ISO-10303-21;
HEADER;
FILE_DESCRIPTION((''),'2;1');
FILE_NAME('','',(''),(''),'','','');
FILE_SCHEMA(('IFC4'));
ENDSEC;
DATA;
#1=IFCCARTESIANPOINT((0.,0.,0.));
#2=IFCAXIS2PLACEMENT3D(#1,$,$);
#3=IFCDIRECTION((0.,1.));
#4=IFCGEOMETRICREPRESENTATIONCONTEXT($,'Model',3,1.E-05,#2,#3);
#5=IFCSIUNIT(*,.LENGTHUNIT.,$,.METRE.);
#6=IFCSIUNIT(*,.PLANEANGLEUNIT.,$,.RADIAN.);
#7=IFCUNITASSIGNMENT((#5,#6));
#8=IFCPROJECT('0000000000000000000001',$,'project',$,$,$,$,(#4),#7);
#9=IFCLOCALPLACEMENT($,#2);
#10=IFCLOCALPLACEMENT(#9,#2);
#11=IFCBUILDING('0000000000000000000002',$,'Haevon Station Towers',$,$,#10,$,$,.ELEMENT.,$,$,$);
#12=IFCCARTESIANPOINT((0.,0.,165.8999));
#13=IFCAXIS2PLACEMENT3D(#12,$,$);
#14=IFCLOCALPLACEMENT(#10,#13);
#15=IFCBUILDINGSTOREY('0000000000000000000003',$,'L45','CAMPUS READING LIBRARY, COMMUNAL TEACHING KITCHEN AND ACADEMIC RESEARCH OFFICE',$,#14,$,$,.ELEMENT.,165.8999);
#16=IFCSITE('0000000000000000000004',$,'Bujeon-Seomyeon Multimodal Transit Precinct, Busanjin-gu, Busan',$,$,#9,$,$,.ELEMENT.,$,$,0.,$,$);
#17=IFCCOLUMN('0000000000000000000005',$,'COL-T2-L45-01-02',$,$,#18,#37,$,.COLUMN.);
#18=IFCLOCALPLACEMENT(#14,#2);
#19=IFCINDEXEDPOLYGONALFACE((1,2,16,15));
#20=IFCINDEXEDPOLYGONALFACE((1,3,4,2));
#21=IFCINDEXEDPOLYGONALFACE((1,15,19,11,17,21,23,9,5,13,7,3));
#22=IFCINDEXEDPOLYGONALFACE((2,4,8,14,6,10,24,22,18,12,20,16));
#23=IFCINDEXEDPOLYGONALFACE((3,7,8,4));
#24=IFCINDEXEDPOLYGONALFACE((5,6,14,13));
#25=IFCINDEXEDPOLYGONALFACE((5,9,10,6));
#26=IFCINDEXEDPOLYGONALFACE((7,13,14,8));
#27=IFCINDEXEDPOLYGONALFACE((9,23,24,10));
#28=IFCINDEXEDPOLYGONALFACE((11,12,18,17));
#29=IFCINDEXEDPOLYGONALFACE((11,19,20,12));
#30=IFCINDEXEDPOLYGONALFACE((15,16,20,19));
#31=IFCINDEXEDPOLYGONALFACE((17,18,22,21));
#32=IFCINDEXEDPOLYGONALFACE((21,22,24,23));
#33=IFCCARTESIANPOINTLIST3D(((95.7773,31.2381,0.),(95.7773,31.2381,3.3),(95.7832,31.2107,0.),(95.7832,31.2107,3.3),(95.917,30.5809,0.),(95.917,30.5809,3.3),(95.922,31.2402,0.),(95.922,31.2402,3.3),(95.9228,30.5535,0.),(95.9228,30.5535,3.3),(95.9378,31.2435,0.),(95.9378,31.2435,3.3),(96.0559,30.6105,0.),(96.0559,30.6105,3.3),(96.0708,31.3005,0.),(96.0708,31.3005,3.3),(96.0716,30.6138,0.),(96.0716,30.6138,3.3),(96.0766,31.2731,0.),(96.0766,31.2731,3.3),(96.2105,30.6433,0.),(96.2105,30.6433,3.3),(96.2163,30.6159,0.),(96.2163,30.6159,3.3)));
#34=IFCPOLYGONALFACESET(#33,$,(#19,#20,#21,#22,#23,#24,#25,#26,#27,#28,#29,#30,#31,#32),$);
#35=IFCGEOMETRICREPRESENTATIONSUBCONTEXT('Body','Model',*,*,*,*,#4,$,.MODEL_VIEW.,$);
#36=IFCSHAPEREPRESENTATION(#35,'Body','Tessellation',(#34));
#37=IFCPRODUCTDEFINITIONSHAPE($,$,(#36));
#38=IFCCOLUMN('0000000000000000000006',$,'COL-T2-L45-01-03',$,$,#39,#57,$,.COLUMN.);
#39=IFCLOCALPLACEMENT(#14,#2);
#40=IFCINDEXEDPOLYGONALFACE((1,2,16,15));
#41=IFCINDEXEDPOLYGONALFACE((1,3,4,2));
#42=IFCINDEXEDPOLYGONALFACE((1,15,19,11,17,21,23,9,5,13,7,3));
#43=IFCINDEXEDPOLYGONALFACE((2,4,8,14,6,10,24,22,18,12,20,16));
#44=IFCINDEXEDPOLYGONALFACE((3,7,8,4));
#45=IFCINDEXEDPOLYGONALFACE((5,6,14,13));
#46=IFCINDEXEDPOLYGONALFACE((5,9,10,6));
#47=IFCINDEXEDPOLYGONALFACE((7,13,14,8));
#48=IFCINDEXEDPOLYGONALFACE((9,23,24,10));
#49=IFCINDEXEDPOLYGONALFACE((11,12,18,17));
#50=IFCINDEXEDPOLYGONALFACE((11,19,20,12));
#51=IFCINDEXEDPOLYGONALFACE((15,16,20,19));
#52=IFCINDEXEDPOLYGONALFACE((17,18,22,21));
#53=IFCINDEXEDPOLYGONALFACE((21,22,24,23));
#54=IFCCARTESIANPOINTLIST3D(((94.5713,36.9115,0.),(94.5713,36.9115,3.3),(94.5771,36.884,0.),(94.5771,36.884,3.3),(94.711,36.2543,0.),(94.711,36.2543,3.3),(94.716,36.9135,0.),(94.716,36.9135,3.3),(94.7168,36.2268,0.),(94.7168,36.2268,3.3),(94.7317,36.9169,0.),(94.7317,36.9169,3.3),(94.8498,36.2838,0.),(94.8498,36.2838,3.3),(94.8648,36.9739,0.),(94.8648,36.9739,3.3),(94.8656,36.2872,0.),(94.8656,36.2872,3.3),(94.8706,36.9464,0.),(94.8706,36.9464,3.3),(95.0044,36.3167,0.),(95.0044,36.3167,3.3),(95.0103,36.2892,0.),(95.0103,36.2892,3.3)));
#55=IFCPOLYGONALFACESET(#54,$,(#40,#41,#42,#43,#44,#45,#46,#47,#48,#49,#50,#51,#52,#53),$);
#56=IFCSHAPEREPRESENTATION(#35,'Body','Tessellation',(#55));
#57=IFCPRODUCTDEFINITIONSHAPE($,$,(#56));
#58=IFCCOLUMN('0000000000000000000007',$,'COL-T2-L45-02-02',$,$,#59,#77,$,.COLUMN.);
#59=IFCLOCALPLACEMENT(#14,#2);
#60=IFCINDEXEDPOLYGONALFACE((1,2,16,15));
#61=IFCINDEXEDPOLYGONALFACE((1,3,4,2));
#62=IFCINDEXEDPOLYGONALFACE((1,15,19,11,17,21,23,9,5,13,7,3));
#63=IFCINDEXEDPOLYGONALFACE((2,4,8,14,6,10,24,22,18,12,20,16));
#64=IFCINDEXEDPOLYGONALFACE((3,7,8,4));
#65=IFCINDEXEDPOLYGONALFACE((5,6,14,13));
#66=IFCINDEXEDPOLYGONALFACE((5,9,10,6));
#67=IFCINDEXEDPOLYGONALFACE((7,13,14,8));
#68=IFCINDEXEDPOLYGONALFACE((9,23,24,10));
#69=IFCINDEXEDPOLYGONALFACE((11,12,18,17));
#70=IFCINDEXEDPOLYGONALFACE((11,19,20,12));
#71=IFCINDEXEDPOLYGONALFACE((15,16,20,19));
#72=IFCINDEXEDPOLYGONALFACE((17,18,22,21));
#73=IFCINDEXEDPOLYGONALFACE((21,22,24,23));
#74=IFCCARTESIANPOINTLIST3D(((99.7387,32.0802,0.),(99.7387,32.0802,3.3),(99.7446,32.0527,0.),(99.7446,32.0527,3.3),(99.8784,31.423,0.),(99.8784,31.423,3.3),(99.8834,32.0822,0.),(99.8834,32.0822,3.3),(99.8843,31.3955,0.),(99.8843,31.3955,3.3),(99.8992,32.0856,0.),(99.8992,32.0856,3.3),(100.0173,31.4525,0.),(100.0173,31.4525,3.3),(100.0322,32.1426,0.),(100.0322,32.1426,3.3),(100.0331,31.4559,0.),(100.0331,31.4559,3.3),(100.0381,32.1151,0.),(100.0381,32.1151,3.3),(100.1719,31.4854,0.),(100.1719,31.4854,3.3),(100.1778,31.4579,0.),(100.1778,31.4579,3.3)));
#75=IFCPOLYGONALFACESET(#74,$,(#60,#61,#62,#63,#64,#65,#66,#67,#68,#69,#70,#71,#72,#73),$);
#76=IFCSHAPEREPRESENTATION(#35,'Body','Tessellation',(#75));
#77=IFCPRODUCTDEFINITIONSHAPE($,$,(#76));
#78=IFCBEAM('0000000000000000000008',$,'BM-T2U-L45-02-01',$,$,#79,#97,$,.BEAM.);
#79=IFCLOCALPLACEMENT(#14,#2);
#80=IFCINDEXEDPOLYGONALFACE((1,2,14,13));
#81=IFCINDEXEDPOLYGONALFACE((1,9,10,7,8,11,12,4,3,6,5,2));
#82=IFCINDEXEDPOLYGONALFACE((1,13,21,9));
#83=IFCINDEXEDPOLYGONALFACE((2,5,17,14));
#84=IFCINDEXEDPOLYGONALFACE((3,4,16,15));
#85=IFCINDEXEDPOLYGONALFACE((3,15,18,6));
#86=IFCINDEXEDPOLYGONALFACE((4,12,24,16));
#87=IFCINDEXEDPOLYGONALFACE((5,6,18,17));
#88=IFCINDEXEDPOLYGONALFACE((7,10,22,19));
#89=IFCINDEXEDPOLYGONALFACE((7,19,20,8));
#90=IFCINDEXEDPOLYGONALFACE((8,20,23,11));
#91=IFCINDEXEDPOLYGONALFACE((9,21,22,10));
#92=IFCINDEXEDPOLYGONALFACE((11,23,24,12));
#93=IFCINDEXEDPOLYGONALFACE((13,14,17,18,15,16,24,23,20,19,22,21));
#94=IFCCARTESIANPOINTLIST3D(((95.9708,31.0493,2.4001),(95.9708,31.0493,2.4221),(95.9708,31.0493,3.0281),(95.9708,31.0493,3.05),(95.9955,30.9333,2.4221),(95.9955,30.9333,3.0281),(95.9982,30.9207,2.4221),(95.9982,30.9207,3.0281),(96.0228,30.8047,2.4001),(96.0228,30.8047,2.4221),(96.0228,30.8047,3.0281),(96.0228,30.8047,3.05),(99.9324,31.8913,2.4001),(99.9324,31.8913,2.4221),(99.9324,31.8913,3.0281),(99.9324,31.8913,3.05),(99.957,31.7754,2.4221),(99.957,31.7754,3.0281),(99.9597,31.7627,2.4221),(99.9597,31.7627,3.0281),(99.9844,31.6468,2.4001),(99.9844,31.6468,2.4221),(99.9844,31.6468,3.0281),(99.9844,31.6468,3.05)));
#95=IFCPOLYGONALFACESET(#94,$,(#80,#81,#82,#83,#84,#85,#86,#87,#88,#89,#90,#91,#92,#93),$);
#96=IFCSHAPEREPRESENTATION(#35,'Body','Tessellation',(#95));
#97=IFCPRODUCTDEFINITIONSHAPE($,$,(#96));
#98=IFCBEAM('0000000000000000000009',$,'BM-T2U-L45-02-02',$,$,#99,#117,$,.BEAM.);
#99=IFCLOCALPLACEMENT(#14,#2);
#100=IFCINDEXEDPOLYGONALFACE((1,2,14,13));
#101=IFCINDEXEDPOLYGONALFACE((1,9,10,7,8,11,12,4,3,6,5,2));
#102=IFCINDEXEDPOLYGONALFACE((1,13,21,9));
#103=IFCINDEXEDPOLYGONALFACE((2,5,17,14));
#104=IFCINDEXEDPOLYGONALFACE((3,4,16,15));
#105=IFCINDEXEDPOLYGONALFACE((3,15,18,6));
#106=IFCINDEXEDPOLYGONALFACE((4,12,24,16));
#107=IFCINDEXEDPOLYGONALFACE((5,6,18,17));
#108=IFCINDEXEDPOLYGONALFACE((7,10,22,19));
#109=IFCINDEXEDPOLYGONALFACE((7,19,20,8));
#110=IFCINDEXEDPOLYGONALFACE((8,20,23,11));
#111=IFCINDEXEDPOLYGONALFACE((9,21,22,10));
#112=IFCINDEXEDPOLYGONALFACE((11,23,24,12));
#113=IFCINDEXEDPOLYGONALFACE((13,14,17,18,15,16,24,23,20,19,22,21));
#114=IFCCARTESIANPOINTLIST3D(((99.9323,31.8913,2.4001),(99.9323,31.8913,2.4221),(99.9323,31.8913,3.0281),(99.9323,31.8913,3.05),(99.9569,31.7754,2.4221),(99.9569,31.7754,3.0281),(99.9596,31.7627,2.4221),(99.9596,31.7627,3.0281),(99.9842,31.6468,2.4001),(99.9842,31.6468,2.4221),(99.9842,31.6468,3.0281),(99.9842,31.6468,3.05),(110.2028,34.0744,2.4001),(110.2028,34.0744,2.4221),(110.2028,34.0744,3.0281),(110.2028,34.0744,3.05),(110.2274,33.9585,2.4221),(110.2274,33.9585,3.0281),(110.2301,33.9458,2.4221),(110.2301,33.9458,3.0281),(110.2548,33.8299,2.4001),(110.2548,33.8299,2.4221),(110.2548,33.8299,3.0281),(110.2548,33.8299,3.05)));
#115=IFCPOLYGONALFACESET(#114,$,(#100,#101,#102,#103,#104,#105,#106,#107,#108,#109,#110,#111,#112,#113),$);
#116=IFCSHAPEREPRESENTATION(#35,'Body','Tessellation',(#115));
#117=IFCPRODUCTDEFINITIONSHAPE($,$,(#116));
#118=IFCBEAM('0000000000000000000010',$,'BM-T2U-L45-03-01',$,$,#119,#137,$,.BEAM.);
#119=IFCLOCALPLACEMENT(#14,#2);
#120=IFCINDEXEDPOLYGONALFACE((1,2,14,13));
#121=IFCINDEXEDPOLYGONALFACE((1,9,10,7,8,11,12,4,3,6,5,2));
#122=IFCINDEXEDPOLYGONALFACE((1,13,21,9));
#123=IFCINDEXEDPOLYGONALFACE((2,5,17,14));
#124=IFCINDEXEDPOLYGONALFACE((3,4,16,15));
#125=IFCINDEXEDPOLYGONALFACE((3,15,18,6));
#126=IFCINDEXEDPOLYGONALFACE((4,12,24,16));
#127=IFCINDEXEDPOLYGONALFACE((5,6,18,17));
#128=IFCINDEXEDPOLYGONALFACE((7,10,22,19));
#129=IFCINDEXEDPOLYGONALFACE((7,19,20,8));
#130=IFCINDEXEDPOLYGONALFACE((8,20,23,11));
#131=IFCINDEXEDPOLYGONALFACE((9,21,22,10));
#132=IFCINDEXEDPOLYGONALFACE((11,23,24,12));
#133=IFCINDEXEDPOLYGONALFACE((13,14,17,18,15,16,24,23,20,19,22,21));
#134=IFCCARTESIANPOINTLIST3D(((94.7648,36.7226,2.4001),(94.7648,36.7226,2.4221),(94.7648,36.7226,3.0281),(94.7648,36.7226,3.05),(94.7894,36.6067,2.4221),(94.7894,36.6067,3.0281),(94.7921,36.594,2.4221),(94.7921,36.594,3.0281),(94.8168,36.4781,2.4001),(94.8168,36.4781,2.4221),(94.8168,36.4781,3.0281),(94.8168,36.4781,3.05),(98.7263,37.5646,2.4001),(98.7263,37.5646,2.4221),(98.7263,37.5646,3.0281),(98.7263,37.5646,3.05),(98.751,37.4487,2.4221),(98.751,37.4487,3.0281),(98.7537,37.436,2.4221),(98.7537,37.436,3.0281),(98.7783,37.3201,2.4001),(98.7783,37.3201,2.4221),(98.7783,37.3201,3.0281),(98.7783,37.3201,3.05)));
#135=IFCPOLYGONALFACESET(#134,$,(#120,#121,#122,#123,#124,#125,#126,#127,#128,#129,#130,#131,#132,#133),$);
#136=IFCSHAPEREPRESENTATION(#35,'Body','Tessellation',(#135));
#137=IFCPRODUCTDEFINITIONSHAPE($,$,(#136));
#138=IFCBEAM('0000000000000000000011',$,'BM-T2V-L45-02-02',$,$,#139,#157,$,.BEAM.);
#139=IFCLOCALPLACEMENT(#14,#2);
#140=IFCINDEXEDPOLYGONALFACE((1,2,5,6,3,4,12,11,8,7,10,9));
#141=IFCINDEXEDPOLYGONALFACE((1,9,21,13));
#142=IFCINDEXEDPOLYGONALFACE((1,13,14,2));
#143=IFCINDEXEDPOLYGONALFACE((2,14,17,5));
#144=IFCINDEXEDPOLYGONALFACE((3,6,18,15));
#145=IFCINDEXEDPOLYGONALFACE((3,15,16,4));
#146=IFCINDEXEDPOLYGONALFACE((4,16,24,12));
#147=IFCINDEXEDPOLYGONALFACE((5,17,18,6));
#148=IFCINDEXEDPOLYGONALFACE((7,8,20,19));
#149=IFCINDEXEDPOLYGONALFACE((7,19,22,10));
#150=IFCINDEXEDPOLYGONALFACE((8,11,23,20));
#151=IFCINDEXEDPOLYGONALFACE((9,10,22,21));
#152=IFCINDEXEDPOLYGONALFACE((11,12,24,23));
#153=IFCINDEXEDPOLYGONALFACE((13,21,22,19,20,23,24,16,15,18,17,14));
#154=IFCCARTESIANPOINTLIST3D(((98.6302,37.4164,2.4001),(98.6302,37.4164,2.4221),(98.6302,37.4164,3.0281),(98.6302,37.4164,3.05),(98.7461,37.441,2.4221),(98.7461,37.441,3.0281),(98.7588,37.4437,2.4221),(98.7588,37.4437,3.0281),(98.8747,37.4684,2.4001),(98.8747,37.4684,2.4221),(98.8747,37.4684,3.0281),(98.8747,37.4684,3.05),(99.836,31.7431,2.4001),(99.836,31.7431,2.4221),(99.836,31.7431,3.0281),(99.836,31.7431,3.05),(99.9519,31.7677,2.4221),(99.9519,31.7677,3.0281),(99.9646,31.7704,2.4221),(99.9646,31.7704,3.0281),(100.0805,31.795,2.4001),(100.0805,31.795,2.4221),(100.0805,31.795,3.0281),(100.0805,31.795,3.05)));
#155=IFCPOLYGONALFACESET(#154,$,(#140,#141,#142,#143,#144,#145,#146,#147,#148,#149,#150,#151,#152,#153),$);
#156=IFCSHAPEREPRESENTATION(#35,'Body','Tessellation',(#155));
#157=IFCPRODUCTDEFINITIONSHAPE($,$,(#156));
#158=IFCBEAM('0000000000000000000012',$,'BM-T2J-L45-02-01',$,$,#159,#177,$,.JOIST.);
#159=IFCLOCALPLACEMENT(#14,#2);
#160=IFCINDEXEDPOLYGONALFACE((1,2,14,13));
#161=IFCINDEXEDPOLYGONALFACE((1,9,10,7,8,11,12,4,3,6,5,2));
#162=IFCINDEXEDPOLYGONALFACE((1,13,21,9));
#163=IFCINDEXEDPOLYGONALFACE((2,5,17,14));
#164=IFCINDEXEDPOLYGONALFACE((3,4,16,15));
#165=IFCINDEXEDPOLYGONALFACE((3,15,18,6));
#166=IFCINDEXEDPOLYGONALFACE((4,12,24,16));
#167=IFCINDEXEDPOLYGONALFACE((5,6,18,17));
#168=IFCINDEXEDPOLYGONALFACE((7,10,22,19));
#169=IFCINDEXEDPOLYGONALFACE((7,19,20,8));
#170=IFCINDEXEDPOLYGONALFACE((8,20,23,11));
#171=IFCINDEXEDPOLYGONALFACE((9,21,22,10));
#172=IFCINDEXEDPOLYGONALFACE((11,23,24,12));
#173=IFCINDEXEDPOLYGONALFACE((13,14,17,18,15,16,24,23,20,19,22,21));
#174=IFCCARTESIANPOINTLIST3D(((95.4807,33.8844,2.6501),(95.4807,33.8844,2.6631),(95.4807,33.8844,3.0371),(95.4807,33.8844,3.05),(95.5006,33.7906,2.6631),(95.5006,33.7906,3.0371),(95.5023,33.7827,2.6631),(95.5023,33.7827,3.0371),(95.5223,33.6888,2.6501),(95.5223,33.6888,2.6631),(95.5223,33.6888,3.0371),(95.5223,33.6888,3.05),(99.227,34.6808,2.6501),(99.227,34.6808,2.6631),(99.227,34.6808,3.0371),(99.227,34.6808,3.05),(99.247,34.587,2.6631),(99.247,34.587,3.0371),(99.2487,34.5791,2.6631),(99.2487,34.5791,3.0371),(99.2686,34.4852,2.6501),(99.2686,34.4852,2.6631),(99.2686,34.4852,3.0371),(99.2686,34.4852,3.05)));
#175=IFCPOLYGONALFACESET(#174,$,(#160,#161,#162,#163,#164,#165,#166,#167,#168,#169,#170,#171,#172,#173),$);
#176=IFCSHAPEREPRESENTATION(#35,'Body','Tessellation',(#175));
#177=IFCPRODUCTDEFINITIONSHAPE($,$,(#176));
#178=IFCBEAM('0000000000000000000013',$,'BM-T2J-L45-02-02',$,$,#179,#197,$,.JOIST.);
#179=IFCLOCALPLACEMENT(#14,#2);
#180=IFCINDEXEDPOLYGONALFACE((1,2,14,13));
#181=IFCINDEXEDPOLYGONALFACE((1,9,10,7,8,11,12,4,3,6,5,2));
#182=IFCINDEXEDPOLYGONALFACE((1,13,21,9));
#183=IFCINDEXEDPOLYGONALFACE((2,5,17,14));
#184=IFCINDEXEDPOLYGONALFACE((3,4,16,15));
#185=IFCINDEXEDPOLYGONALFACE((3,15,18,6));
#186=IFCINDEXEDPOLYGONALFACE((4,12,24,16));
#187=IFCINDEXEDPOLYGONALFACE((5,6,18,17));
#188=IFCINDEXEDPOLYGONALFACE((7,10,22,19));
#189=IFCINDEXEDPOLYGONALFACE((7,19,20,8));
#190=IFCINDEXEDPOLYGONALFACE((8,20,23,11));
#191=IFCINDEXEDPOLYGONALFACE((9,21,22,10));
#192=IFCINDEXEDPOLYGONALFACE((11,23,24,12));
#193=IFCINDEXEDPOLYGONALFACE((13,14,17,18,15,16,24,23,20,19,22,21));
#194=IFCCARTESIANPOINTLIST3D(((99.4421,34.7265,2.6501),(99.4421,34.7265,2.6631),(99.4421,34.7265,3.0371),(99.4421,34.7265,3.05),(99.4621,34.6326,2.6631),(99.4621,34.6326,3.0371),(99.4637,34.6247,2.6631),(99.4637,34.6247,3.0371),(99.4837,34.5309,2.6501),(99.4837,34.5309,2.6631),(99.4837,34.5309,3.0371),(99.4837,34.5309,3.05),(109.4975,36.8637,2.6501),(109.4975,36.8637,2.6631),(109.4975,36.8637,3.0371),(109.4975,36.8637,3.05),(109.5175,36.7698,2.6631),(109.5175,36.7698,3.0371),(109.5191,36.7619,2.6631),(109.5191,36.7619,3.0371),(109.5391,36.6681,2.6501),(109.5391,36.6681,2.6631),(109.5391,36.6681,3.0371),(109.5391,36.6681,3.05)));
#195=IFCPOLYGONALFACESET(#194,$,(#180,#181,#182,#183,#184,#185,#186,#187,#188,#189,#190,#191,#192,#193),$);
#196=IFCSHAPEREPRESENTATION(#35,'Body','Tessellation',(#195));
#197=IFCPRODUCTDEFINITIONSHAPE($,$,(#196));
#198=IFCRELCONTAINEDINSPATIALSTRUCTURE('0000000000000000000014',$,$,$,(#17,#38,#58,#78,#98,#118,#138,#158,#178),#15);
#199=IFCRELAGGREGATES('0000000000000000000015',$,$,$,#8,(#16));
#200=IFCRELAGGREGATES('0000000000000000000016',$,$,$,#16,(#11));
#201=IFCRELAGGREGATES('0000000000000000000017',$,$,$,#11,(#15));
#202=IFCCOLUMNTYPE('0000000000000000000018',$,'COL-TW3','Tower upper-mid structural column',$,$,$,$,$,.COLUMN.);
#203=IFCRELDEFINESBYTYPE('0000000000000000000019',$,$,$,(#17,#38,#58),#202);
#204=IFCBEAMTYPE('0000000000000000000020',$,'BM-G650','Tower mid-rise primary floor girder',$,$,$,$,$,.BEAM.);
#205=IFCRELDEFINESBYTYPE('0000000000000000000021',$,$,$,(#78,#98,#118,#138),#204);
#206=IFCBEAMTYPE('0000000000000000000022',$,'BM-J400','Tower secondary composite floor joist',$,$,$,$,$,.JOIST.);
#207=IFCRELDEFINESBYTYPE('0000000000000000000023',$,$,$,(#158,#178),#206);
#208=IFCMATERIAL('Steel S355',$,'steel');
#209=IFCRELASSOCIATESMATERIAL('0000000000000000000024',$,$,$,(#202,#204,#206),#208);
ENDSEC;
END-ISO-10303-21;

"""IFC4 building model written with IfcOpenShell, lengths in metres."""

from ifc_helpers import new_model, si_unit, direction, frame, origin, origin_2d, place, context, subcontext, project, spatial, i_section, extrude, material, material_profile, profile_set, type_object, element, save


model = new_model("IFC4")

# Units and contexts
model_context = context("Model", 3, precision=1e-05, world=origin(), true_north=direction((0.0, 1.0)))
body_context = subcontext(model_context, "Body", "Model", "MODEL_VIEW")
ifc_project = project(units=[si_unit("LENGTHUNIT", "METRE"), si_unit("PLANEANGLEUNIT", "RADIAN")], contexts=[model_context])

# Site, building, storey
site_placement = place(None, origin())
site = spatial("IfcSite", under=ifc_project, at=site_placement, Name="Bujeon-Seomyeon Multimodal Transit Precinct, Busanjin-gu, Busan", CompositionType="ELEMENT", RefElevation=0.0)
building_placement = place(site_placement, origin())
building = spatial("IfcBuilding", under=site, at=building_placement, Name="Haevon Station Towers", CompositionType="ELEMENT")
storey_placement = place(building_placement, frame((0.0, 0.0, 165.8999)))
storey = spatial("IfcBuildingStorey", under=building, at=storey_placement, Name="L45", Description="CAMPUS READING LIBRARY, COMMUNAL TEACHING KITCHEN AND ACADEMIC RESEARCH OFFICE", CompositionType="ELEMENT", Elevation=165.8999)

# Columns
ifc_material_1 = material(Name="Steel S355", Category="steel")
ifc_material_profile_1 = material_profile(ifc_material_1, i_section(OverallWidth=0.3, OverallDepth=0.7, WebThickness=0.0161, FlangeThickness=0.0281, at=origin_2d()), Name="H-700x300x16x28")
ifc_profile_set_1 = profile_set([ifc_material_profile_1], Name="Steel S355")
column_type = type_object("IfcColumnType", Name="COL-TW3", Description="Tower upper-mid structural column", PredefinedType="COLUMN", material=ifc_profile_set_1)
for number, where, z_axis, x_axis, name in (
    (1, (95.9968, 30.927, 0.0), (0.0, 0.0, 1.0), (0.978148, 0.207912, 0.0), "COL-T2-L45-01-02"),
    (2, (94.7908, 36.6003, 0.0), (0.0, 0.0, 1.0), (0.978148, 0.207912, 0.0), "COL-T2-L45-01-03"),
    (3, (99.9583, 31.769, 0.0), (0.0, 0.0, 1.0), (0.978148, 0.207912, 0.0), "COL-T2-L45-02-02"),
):
    element("IfcColumn", number, at=place(storey_placement, frame(where, z_axis=z_axis, x_axis=x_axis)), inside=storey, type_object=column_type, Name=name, PredefinedType="COLUMN", context=body_context, shape_type="SweptSolid", body=[
        extrude(i_section(OverallWidth=0.3, OverallDepth=0.7, WebThickness=0.0161, FlangeThickness=0.0281, at=origin_2d()), origin(), (0.0, 0.0, 1.0), 3.3),
    ])

# Beams
ifc_material_profile_2 = material_profile(ifc_material_1, i_section(OverallWidth=0.25, OverallDepth=0.6499, WebThickness=0.0129, FlangeThickness=0.022, at=origin_2d()), Name="H-650x250x13x22")
ifc_profile_set_2 = profile_set([ifc_material_profile_2], Name="Steel S355")
beam_type_1 = type_object("IfcBeamType", Name="BM-G650", Description="Tower mid-rise primary floor girder", PredefinedType="BEAM", material=ifc_profile_set_2)
beam_1_placement = place(storey_placement, frame((95.9968, 30.927, 2.7251), z_axis=(0.978147, 0.207915, 0.0), x_axis=(-0.207915, 0.978147, 0.0)))
element("IfcBeam", 4, at=beam_1_placement, inside=storey, type_object=beam_type_1, Name="BM-T2U-L45-02-01", PredefinedType="BEAM", context=body_context, shape_type="SweptSolid", body=[
    extrude(i_section(OverallWidth=0.25, OverallDepth=0.6499, WebThickness=0.0129, FlangeThickness=0.022, at=origin_2d()), origin(), (0.0, 0.0, 1.0), 4.05),
])
beam_2_placement = place(storey_placement, frame((99.9583, 31.769, 2.7251), z_axis=(0.978147, 0.207915, 0.0), x_axis=(-0.207915, 0.978147, 0.0)))
element("IfcBeam", 5, at=beam_2_placement, inside=storey, type_object=beam_type_1, Name="BM-T2U-L45-02-02", PredefinedType="BEAM", context=body_context, shape_type="SweptSolid", body=[
    extrude(i_section(OverallWidth=0.25, OverallDepth=0.6499, WebThickness=0.0129, FlangeThickness=0.022, at=origin_2d()), origin(), (0.0, 0.0, 1.0), 10.5),
])
beam_3_placement = place(storey_placement, frame((94.7908, 36.6003, 2.7251), z_axis=(0.97815, 0.207903, 0.0), x_axis=(-0.207903, 0.97815, 0.0)))
element("IfcBeam", 6, at=beam_3_placement, inside=storey, type_object=beam_type_1, Name="BM-T2U-L45-03-01", PredefinedType="BEAM", context=body_context, shape_type="SweptSolid", body=[
    extrude(i_section(OverallWidth=0.25, OverallDepth=0.6499, WebThickness=0.0129, FlangeThickness=0.022, at=origin_2d()), origin(), (0.0, 0.0, 1.0), 4.05),
])
beam_4_placement = place(storey_placement, frame((99.9583, 31.769, 2.7251), z_axis=(-0.207896, 0.978151, 0.0), x_axis=(-0.978151, -0.207896, 0.0)))
element("IfcBeam", 7, at=beam_4_placement, inside=storey, type_object=beam_type_1, Name="BM-T2V-L45-02-02", PredefinedType="BEAM", context=body_context, shape_type="SweptSolid", body=[
    extrude(i_section(OverallWidth=0.25, OverallDepth=0.6499, WebThickness=0.0129, FlangeThickness=0.022, at=origin_2d()), origin(), (0.0, 0.0, 1.0), 5.8),
])
ifc_material_profile_3 = material_profile(ifc_material_1, i_section(OverallWidth=0.2, OverallDepth=0.3999, WebThickness=0.0081, FlangeThickness=0.0129, at=origin_2d()), Name="H-400x200x8x13")
ifc_profile_set_3 = profile_set([ifc_material_profile_3], Name="Steel S355")
beam_type_2 = type_object("IfcBeamType", Name="BM-J400", Description="Tower secondary composite floor joist", PredefinedType="JOIST", material=ifc_profile_set_3)
beam_5_placement = place(storey_placement, frame((95.5015, 33.7866, 2.8501), z_axis=(0.978143, 0.207931, 0.0), x_axis=(-0.207931, 0.978143, 0.0)))
element("IfcBeam", 8, at=beam_5_placement, inside=storey, type_object=beam_type_2, Name="BM-T2J-L45-02-01", PredefinedType="JOIST", context=body_context, shape_type="SweptSolid", body=[
    extrude(i_section(OverallWidth=0.2, OverallDepth=0.3999, WebThickness=0.0081, FlangeThickness=0.0129, at=origin_2d()), origin(), (0.0, 0.0, 1.0), 3.8301),
])
beam_6_placement = place(storey_placement, frame((99.4629, 34.6287, 2.8501), z_axis=(0.97815, 0.207899, 0.0), x_axis=(-0.207899, 0.97815, 0.0)))
element("IfcBeam", 9, at=beam_6_placement, inside=storey, type_object=beam_type_2, Name="BM-T2J-L45-02-02", PredefinedType="JOIST", context=body_context, shape_type="SweptSolid", body=[
    extrude(i_section(OverallWidth=0.2, OverallDepth=0.3999, WebThickness=0.0081, FlangeThickness=0.0129, at=origin_2d()), origin(), (0.0, 0.0, 1.0), 10.28),
])

save(model, "model.ifc")
